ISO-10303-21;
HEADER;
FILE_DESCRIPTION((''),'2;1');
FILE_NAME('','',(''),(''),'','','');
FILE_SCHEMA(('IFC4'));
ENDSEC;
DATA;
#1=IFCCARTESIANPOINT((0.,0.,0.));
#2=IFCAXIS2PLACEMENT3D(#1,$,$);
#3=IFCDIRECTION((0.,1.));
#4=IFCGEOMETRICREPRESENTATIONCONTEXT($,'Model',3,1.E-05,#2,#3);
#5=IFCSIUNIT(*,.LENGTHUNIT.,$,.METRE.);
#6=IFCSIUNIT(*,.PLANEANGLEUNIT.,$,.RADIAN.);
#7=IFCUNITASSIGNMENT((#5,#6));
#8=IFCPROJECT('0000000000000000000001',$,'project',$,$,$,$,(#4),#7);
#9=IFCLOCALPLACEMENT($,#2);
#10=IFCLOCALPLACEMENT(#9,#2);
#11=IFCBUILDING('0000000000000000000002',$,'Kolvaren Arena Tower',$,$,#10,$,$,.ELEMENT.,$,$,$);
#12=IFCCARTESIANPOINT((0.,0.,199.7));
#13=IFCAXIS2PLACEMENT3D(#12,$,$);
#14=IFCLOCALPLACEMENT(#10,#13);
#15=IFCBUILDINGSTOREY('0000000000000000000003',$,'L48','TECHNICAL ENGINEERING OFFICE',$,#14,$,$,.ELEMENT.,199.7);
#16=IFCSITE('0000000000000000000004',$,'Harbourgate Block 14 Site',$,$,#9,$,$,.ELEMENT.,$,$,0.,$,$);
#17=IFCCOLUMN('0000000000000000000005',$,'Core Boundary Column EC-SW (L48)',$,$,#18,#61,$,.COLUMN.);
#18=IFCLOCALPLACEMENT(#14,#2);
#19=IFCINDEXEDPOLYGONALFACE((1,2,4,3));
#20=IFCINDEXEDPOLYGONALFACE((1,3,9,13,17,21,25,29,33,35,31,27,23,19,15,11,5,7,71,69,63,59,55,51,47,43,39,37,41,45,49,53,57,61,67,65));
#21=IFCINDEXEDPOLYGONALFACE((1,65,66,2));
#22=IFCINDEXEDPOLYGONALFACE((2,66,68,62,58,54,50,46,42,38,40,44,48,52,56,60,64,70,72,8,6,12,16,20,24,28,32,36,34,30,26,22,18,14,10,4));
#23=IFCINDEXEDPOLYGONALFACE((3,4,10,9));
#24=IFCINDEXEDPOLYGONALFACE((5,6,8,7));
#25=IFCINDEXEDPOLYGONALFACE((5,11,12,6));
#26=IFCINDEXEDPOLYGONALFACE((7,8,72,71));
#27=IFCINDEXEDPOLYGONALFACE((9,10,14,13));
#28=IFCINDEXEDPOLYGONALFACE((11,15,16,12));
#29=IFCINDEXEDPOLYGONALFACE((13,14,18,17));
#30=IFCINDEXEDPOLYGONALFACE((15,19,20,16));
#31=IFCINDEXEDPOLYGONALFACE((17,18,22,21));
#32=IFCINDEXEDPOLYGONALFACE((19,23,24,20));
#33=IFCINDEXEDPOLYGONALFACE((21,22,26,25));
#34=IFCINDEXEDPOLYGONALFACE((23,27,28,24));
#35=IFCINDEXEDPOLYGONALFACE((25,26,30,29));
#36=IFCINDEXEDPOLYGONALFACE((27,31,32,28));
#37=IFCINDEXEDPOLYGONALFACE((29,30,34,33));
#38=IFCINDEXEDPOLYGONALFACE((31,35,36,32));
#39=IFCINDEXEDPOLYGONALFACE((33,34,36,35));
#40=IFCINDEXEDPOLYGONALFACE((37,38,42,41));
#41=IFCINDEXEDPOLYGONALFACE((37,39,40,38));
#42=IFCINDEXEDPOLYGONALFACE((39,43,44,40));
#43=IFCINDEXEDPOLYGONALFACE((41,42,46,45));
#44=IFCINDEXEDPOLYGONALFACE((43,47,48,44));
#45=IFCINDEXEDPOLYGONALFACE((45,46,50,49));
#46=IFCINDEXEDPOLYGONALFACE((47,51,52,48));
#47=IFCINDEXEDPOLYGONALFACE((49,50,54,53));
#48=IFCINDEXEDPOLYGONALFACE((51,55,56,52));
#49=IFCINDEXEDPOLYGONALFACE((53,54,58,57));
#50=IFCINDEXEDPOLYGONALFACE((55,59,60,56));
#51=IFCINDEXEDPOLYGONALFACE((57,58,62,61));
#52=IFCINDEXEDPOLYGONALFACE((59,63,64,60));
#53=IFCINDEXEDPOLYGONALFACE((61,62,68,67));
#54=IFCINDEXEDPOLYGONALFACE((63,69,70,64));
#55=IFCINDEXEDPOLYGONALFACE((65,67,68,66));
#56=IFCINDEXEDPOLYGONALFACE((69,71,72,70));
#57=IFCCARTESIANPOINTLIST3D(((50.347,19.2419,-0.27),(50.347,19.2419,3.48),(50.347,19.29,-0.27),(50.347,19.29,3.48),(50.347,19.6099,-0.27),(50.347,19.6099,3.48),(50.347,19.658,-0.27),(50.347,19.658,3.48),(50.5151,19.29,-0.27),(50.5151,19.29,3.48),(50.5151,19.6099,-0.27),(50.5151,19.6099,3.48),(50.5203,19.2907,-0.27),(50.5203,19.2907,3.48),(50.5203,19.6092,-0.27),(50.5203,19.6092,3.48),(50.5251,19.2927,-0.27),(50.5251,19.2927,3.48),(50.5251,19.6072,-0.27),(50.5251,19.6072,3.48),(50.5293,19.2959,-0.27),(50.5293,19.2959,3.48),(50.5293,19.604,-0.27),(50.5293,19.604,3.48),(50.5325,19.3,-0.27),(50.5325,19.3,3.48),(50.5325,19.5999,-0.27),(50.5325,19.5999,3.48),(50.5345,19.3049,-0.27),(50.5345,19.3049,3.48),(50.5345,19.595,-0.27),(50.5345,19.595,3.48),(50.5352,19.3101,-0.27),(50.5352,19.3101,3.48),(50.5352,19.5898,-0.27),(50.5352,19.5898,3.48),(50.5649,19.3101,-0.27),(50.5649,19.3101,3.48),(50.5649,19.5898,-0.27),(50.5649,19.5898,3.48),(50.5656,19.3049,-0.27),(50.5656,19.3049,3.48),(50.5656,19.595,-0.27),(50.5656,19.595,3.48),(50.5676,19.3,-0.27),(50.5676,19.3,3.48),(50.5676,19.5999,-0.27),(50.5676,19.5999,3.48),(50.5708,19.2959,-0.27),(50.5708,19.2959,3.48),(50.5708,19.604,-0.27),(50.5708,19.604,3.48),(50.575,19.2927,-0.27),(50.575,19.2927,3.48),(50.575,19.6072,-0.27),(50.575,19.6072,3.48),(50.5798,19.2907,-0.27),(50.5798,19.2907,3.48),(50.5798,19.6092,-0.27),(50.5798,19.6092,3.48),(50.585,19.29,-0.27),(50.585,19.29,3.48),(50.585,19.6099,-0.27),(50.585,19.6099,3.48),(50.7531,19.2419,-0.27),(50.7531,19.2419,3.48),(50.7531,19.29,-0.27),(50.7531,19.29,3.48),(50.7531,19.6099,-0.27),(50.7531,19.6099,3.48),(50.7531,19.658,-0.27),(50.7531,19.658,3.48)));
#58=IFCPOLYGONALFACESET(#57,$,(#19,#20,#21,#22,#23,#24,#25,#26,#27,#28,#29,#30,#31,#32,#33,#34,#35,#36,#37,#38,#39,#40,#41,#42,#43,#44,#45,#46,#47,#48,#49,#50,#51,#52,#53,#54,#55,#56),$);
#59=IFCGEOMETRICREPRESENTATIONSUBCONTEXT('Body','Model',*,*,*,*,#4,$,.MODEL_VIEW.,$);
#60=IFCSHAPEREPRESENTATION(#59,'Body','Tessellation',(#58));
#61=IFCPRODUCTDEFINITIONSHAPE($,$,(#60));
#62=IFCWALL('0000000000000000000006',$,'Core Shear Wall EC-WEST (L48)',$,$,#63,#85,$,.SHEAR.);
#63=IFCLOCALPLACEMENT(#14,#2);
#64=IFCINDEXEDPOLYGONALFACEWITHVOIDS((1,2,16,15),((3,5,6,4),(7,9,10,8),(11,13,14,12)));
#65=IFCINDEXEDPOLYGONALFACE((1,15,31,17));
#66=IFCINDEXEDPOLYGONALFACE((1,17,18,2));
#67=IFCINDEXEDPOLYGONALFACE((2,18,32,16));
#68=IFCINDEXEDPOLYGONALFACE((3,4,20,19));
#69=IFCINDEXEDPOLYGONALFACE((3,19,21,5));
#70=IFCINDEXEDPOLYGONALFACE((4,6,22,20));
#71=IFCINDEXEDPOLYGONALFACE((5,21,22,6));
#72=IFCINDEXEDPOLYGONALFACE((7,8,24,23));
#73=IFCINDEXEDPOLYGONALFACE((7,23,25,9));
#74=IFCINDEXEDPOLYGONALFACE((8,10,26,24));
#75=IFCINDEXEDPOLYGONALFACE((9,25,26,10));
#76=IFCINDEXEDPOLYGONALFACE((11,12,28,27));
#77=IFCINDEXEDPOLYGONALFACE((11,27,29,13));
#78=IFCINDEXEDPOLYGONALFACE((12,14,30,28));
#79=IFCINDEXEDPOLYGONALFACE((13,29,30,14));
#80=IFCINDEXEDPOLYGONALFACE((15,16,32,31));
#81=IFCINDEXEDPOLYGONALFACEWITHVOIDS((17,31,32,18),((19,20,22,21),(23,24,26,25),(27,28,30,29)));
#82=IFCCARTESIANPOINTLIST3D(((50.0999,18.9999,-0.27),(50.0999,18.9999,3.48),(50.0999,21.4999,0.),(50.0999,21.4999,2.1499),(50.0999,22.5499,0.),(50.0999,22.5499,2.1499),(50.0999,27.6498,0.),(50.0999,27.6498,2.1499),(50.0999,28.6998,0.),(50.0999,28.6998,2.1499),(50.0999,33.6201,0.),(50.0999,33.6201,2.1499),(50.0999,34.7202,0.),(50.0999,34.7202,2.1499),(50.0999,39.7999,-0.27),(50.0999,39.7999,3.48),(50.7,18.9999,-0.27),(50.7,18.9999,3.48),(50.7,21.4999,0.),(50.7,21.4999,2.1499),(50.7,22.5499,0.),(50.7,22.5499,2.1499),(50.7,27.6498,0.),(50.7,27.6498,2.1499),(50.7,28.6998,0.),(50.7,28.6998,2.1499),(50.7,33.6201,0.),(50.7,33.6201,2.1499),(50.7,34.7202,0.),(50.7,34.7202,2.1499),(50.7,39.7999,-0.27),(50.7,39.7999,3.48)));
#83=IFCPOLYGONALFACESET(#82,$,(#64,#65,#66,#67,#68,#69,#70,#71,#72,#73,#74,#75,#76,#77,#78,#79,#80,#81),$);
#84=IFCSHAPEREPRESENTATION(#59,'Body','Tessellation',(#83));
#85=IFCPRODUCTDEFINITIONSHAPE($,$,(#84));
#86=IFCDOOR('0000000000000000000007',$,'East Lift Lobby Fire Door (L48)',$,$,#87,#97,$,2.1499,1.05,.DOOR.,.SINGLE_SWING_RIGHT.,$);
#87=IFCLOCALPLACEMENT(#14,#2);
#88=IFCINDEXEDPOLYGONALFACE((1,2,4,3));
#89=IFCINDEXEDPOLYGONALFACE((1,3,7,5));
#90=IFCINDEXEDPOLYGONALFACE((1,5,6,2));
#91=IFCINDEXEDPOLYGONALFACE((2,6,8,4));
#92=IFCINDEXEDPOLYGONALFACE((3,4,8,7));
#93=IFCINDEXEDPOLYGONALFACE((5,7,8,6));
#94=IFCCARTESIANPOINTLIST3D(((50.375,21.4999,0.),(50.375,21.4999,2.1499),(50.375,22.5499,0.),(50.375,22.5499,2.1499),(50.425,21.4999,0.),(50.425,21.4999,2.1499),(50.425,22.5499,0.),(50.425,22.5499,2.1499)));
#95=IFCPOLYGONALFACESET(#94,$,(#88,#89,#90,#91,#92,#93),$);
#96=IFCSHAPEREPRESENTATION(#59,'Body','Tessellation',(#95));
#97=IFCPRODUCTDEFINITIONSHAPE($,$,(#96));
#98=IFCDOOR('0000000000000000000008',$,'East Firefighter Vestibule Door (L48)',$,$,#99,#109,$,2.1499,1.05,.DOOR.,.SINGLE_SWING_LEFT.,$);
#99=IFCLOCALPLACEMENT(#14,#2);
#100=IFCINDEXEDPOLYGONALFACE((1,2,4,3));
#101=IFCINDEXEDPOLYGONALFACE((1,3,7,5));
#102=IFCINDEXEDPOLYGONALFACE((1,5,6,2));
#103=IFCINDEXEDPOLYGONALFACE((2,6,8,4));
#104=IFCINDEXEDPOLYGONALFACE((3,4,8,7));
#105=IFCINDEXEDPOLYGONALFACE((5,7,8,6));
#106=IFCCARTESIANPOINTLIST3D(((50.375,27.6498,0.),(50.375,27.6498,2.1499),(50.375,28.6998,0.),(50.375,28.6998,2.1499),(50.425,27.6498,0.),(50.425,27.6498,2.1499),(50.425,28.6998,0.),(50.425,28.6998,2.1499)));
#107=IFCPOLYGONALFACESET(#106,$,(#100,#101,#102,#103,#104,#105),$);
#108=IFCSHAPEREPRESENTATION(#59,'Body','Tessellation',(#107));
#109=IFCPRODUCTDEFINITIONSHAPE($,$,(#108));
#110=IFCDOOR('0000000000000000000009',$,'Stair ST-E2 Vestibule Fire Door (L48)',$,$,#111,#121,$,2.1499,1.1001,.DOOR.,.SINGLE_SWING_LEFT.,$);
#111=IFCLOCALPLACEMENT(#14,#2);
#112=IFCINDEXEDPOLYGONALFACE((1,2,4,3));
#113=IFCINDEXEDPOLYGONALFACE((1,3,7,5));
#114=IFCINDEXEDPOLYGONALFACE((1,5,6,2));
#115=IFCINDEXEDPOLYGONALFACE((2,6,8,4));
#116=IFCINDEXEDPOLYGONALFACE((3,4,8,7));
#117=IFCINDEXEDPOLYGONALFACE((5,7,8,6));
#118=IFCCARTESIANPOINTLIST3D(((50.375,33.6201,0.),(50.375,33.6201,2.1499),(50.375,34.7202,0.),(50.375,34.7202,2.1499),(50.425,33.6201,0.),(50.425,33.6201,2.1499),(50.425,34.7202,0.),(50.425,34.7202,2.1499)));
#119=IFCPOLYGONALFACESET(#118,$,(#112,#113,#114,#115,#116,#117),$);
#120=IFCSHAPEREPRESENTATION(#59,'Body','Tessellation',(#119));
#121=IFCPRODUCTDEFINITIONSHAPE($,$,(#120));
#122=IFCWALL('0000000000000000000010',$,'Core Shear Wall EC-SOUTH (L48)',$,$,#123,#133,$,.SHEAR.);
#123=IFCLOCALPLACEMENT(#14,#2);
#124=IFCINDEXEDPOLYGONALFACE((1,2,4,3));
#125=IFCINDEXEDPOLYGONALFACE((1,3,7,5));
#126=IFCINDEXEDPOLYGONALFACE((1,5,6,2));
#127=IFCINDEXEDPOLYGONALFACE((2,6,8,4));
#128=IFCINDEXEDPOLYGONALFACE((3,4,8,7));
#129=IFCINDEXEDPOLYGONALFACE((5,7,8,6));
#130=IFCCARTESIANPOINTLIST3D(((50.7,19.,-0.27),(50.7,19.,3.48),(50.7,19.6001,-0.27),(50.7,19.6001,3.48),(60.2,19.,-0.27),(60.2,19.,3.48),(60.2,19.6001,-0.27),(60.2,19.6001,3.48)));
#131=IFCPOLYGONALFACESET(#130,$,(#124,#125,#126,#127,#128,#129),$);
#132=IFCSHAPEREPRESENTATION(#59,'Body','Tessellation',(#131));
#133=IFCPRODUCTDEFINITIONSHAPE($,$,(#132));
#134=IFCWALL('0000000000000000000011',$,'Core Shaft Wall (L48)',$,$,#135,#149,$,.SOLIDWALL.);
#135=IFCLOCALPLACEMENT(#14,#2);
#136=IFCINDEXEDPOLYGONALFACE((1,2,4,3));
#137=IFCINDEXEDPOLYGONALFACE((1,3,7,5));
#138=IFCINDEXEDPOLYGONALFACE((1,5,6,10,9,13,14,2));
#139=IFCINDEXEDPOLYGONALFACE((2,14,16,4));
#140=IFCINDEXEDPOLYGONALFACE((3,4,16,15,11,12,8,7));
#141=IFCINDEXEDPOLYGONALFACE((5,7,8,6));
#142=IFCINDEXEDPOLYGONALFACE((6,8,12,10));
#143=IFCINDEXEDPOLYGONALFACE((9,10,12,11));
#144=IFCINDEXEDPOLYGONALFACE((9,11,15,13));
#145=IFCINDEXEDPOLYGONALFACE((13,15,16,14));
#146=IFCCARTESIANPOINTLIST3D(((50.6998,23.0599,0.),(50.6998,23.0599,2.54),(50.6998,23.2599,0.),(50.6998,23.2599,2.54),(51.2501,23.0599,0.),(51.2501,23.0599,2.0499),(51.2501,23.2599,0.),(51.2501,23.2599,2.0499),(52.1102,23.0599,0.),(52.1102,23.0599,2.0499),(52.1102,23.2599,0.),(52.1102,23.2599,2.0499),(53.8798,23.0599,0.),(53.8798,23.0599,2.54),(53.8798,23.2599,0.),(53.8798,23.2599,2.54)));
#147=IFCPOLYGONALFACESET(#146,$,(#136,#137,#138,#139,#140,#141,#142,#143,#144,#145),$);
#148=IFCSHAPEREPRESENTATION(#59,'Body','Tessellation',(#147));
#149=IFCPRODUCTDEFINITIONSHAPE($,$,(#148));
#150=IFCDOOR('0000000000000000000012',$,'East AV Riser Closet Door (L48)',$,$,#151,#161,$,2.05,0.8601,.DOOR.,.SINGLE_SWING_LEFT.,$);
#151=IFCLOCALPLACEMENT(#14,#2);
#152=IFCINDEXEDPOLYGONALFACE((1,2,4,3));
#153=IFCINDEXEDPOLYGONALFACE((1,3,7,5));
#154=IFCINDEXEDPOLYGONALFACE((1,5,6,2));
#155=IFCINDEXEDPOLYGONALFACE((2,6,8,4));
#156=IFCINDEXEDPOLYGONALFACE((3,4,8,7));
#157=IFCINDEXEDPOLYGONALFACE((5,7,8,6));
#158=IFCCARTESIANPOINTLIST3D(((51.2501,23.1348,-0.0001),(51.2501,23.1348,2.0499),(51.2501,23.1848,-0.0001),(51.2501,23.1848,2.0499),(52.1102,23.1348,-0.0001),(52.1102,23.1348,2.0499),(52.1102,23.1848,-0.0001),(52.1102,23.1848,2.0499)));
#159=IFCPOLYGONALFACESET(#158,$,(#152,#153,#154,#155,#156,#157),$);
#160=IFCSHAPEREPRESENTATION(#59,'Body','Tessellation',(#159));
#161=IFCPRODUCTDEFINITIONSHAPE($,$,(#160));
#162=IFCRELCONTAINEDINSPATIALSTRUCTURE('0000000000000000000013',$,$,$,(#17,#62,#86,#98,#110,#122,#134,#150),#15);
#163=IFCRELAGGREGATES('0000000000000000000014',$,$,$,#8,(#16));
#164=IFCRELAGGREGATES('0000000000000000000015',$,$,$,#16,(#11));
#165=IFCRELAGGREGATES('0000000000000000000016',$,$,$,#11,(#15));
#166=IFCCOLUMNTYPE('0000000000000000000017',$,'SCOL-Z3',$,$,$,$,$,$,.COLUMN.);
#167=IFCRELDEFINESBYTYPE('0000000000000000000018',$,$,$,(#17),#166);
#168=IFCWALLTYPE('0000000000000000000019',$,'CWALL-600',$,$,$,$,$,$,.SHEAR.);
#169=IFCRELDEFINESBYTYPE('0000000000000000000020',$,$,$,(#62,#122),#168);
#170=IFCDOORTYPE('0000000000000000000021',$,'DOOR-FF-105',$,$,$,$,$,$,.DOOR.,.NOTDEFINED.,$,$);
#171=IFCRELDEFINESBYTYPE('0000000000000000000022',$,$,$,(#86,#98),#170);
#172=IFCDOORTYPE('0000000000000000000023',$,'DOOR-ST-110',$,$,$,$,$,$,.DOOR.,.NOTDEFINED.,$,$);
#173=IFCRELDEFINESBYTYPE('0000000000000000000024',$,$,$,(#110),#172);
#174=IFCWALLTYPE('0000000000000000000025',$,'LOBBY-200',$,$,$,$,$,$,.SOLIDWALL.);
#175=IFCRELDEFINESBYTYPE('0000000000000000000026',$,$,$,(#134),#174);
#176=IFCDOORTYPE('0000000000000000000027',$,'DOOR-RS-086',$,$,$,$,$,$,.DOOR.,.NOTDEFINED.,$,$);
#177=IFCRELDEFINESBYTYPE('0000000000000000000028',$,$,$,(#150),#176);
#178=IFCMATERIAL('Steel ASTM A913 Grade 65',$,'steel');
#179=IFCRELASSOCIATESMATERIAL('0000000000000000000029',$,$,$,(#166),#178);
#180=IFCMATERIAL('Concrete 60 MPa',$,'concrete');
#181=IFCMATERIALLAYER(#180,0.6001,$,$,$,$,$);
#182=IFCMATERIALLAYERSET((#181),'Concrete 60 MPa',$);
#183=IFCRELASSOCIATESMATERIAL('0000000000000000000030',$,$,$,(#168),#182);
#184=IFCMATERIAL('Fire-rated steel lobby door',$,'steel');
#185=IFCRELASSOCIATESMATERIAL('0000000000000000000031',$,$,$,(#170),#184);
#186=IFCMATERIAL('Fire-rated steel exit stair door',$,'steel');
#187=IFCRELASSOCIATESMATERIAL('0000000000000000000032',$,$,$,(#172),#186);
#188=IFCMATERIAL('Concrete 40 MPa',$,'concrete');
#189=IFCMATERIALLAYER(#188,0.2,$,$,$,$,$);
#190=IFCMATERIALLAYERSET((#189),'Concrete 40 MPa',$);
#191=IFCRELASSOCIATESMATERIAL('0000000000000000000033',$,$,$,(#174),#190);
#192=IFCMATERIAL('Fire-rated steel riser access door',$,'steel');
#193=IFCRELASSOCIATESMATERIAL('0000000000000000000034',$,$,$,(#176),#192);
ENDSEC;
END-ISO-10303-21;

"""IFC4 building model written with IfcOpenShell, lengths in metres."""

from ifc_helpers import new_model, si_unit, direction, frame, frame_2d, origin, origin_2d, place, context, subcontext, project, spatial, rectangle, i_section, extrude, material, layer, layer_set, material_profile, profile_set, type_object, element, fill, save


model = new_model("IFC4")

# Units and contexts
model_context = context("Model", 3, precision=1e-05, world=origin(), true_north=direction((0.0, 1.0)))
body_context = subcontext(model_context, "Body", "Model", "MODEL_VIEW")
ifc_project = project(units=[si_unit("LENGTHUNIT", "METRE"), si_unit("PLANEANGLEUNIT", "RADIAN")], contexts=[model_context])

# Site, building, storey
site_placement = place(None, origin())
site = spatial("IfcSite", under=ifc_project, at=site_placement, Name="Harbourgate Block 14 Site", CompositionType="ELEMENT", RefElevation=0.0)
building_placement = place(site_placement, origin())
building = spatial("IfcBuilding", under=site, at=building_placement, Name="Kolvaren Arena Tower", CompositionType="ELEMENT")
storey_placement = place(building_placement, frame((0.0, 0.0, 199.7)))
storey = spatial("IfcBuildingStorey", under=building, at=storey_placement, Name="L48", Description="TECHNICAL ENGINEERING OFFICE", CompositionType="ELEMENT", Elevation=199.7)

# Column
ifc_material_1 = material(Name="Steel ASTM A913 Grade 65", Category="steel")
ifc_material_profile = material_profile(ifc_material_1, i_section(OverallWidth=0.406, OverallDepth=0.416, WebThickness=0.0298, FlangeThickness=0.0481, FilletRadius=0.02, at=origin_2d()), Name="W360x382")
ifc_profile_set = profile_set([ifc_material_profile], Name="Steel ASTM A913 Grade 65")
column_type = type_object("IfcColumnType", Name="SCOL-Z3", PredefinedType="COLUMN", material=ifc_profile_set)
column_placement = place(storey_placement, frame((50.55, 19.45, -0.27), z_axis=(0.0, 0.0, 1.0), x_axis=(1.0, 0.0, 0.0)))
element("IfcColumn", 1, at=column_placement, inside=storey, type_object=column_type, Name="Core Boundary Column EC-SW (L48)", PredefinedType="COLUMN", context=body_context, shape_type="SweptSolid", body=[
    extrude(i_section(OverallWidth=0.406, OverallDepth=0.416, WebThickness=0.0298, FlangeThickness=0.0481, FilletRadius=0.02, at=origin_2d()), origin(), (0.0, 0.0, 1.0), 3.75),
])

# Wall, openings, doors
ifc_material_2 = material(Name="Concrete 60 MPa", Category="concrete")
ifc_layer_1 = layer(ifc_material_2, 0.6001)
ifc_layer_set_1 = layer_set([ifc_layer_1], Name="Concrete 60 MPa")
wall_type_1 = type_object("IfcWallType", Name="CWALL-600", PredefinedType="SHEAR", material=ifc_layer_set_1)
wall_1_placement = place(storey_placement, frame((50.3999, 19.0, -0.27), z_axis=(0.0, 0.0, 1.0), x_axis=(0.0, 1.0, 0.0)))
wall_1 = element("IfcWall", 2, at=wall_1_placement, inside=storey, type_object=wall_type_1, Name="Core Shear Wall EC-WEST (L48)", PredefinedType="SHEAR", context=body_context, shape_type="SweptSolid", body=[
    extrude(rectangle(XDim=20.8, YDim=0.6001, at=frame_2d((10.3999, 0.0))), origin(), (0.0, 0.0, 1.0), 3.75),
])
opening_1_placement = place(wall_1_placement, frame((2.5, 0.0, 0.27)))
opening_1 = element("IfcOpeningElement", 3, at=opening_1_placement, cuts=wall_1, PredefinedType="OPENING", context=body_context, shape_type="SweptSolid", body=[
    extrude(rectangle(XDim=1.05, YDim=2.1499, at=frame_2d((0.5249, 1.075))), frame((0.0, 0.3101, 0.0), z_axis=(0.0, -1.0, 0.0), x_axis=(1.0, 0.0, 0.0)), (0.0, 0.0, 1.0), 0.6201),
])
opening_2_placement = place(wall_1_placement, frame((8.6499, 0.0, 0.27)))
opening_2 = element("IfcOpeningElement", 4, at=opening_2_placement, cuts=wall_1, PredefinedType="OPENING", context=body_context, shape_type="SweptSolid", body=[
    extrude(rectangle(XDim=1.05, YDim=2.1499, at=frame_2d((0.5249, 1.075))), frame((0.0, 0.3101, 0.0), z_axis=(0.0, -1.0, 0.0), x_axis=(1.0, 0.0, 0.0)), (0.0, 0.0, 1.0), 0.6201),
])
opening_3_placement = place(wall_1_placement, frame((14.6201, 0.0, 0.27)))
opening_3 = element("IfcOpeningElement", 5, at=opening_3_placement, cuts=wall_1, PredefinedType="OPENING", context=body_context, shape_type="SweptSolid", body=[
    extrude(rectangle(XDim=1.1001, YDim=2.1499, at=frame_2d((0.55, 1.075))), frame((0.0, 0.3101, 0.0), z_axis=(0.0, -1.0, 0.0), x_axis=(1.0, 0.0, 0.0)), (0.0, 0.0, 1.0), 0.6201),
])
ifc_material_3 = material(Name="Fire-rated steel lobby door", Category="steel")
door_type_1 = type_object("IfcDoorType", Name="DOOR-FF-105", OperationType="NOTDEFINED", PredefinedType="DOOR", material=ifc_material_3)
door_1_placement = place(opening_1_placement, origin())
door_1 = element("IfcDoor", 6, at=door_1_placement, inside=storey, type_object=door_type_1, Name="East Lift Lobby Fire Door (L48)", OperationType="SINGLE_SWING_RIGHT", OverallHeight=2.1499, OverallWidth=1.05, PredefinedType="DOOR", context=body_context, shape_type="SweptSolid", body=[
    extrude(rectangle(XDim=1.05, YDim=2.1499, at=frame_2d((0.5249, 1.075))), frame((0.0, 0.0249, 0.0), z_axis=(0.0, -1.0, 0.0), x_axis=(1.0, 0.0, 0.0)), (0.0, 0.0, 1.0), 0.05),
])
fill(opening_1, door_1)
door_2_placement = place(opening_2_placement, origin())
door_2 = element("IfcDoor", 7, at=door_2_placement, inside=storey, type_object=door_type_1, Name="East Firefighter Vestibule Door (L48)", OperationType="SINGLE_SWING_LEFT", OverallHeight=2.1499, OverallWidth=1.05, PredefinedType="DOOR", context=body_context, shape_type="SweptSolid", body=[
    extrude(rectangle(XDim=1.05, YDim=2.1499, at=frame_2d((0.5249, 1.075))), frame((0.0, 0.0249, 0.0), z_axis=(0.0, -1.0, 0.0), x_axis=(1.0, 0.0, 0.0)), (0.0, 0.0, 1.0), 0.05),
])
fill(opening_2, door_2)
ifc_material_4 = material(Name="Fire-rated steel exit stair door", Category="steel")
door_type_2 = type_object("IfcDoorType", Name="DOOR-ST-110", OperationType="NOTDEFINED", PredefinedType="DOOR", material=ifc_material_4)
door_3_placement = place(opening_3_placement, origin())
door_3 = element("IfcDoor", 8, at=door_3_placement, inside=storey, type_object=door_type_2, Name="Stair ST-E2 Vestibule Fire Door (L48)", OperationType="SINGLE_SWING_LEFT", OverallHeight=2.1499, OverallWidth=1.1001, PredefinedType="DOOR", context=body_context, shape_type="SweptSolid", body=[
    extrude(rectangle(XDim=1.1001, YDim=2.1499, at=frame_2d((0.55, 1.075))), frame((0.0, 0.0249, 0.0), z_axis=(0.0, -1.0, 0.0), x_axis=(1.0, 0.0, 0.0)), (0.0, 0.0, 1.0), 0.05),
])
fill(opening_3, door_3)

# Wall
wall_2_placement = place(storey_placement, frame((50.7, 19.3, -0.27), z_axis=(0.0, 0.0, 1.0), x_axis=(1.0, 0.0, 0.0)))
element("IfcWall", 9, at=wall_2_placement, inside=storey, type_object=wall_type_1, Name="Core Shear Wall EC-SOUTH (L48)", PredefinedType="SHEAR", context=body_context, shape_type="SweptSolid", body=[
    extrude(rectangle(XDim=9.5, YDim=0.6001, at=frame_2d((4.75, 0.0))), origin(), (0.0, 0.0, 1.0), 3.75),
])

# Shared definitions
ifc_material_5 = material(Name="Concrete 40 MPa", Category="concrete")
ifc_layer_2 = layer(ifc_material_5, 0.2)
ifc_layer_set_2 = layer_set([ifc_layer_2], Name="Concrete 40 MPa")
wall_type_2 = type_object("IfcWallType", Name="LOBBY-200", PredefinedType="SOLIDWALL", material=ifc_layer_set_2)

# Wall, opening, door
wall_3_placement = place(storey_placement, frame((50.7, 23.1599, 0.0), z_axis=(0.0, 0.0, 1.0), x_axis=(1.0, 0.0, 0.0)))
wall_3 = element("IfcWall", 10, at=wall_3_placement, inside=storey, type_object=wall_type_2, Name="Core Shaft Wall (L48)", PredefinedType="SOLIDWALL", context=body_context, shape_type="SweptSolid", body=[
    extrude(rectangle(XDim=3.1799, YDim=0.2, at=frame_2d((1.5898, 0.0))), origin(), (0.0, 0.0, 1.0), 2.54),
])
opening_4_placement = place(wall_3_placement, frame((0.55, 0.0, 0.0)))
opening_4 = element("IfcOpeningElement", 11, at=opening_4_placement, cuts=wall_3, PredefinedType="OPENING", context=body_context, shape_type="SweptSolid", body=[
    extrude(rectangle(XDim=0.8601, YDim=2.05, at=frame_2d((0.4302, 1.0249))), frame((0.0, 0.1099, 0.0), z_axis=(0.0, -1.0, 0.0), x_axis=(1.0, 0.0, 0.0)), (0.0, 0.0, 1.0), 0.22),
])
ifc_material_6 = material(Name="Fire-rated steel riser access door", Category="steel")
door_type_3 = type_object("IfcDoorType", Name="DOOR-RS-086", OperationType="NOTDEFINED", PredefinedType="DOOR", material=ifc_material_6)
door_4_placement = place(opening_4_placement, origin())
door_4 = element("IfcDoor", 12, at=door_4_placement, inside=storey, type_object=door_type_3, Name="East AV Riser Closet Door (L48)", OperationType="SINGLE_SWING_LEFT", OverallHeight=2.05, OverallWidth=0.8601, PredefinedType="DOOR", context=body_context, shape_type="SweptSolid", body=[
    extrude(rectangle(XDim=0.8601, YDim=2.05, at=frame_2d((0.4302, 1.0249))), frame((0.0, 0.0249, 0.0), z_axis=(0.0, -1.0, 0.0), x_axis=(1.0, 0.0, 0.0)), (0.0, 0.0, 1.0), 0.05),
])
fill(opening_4, door_4)

save(model, "model.ifc")
